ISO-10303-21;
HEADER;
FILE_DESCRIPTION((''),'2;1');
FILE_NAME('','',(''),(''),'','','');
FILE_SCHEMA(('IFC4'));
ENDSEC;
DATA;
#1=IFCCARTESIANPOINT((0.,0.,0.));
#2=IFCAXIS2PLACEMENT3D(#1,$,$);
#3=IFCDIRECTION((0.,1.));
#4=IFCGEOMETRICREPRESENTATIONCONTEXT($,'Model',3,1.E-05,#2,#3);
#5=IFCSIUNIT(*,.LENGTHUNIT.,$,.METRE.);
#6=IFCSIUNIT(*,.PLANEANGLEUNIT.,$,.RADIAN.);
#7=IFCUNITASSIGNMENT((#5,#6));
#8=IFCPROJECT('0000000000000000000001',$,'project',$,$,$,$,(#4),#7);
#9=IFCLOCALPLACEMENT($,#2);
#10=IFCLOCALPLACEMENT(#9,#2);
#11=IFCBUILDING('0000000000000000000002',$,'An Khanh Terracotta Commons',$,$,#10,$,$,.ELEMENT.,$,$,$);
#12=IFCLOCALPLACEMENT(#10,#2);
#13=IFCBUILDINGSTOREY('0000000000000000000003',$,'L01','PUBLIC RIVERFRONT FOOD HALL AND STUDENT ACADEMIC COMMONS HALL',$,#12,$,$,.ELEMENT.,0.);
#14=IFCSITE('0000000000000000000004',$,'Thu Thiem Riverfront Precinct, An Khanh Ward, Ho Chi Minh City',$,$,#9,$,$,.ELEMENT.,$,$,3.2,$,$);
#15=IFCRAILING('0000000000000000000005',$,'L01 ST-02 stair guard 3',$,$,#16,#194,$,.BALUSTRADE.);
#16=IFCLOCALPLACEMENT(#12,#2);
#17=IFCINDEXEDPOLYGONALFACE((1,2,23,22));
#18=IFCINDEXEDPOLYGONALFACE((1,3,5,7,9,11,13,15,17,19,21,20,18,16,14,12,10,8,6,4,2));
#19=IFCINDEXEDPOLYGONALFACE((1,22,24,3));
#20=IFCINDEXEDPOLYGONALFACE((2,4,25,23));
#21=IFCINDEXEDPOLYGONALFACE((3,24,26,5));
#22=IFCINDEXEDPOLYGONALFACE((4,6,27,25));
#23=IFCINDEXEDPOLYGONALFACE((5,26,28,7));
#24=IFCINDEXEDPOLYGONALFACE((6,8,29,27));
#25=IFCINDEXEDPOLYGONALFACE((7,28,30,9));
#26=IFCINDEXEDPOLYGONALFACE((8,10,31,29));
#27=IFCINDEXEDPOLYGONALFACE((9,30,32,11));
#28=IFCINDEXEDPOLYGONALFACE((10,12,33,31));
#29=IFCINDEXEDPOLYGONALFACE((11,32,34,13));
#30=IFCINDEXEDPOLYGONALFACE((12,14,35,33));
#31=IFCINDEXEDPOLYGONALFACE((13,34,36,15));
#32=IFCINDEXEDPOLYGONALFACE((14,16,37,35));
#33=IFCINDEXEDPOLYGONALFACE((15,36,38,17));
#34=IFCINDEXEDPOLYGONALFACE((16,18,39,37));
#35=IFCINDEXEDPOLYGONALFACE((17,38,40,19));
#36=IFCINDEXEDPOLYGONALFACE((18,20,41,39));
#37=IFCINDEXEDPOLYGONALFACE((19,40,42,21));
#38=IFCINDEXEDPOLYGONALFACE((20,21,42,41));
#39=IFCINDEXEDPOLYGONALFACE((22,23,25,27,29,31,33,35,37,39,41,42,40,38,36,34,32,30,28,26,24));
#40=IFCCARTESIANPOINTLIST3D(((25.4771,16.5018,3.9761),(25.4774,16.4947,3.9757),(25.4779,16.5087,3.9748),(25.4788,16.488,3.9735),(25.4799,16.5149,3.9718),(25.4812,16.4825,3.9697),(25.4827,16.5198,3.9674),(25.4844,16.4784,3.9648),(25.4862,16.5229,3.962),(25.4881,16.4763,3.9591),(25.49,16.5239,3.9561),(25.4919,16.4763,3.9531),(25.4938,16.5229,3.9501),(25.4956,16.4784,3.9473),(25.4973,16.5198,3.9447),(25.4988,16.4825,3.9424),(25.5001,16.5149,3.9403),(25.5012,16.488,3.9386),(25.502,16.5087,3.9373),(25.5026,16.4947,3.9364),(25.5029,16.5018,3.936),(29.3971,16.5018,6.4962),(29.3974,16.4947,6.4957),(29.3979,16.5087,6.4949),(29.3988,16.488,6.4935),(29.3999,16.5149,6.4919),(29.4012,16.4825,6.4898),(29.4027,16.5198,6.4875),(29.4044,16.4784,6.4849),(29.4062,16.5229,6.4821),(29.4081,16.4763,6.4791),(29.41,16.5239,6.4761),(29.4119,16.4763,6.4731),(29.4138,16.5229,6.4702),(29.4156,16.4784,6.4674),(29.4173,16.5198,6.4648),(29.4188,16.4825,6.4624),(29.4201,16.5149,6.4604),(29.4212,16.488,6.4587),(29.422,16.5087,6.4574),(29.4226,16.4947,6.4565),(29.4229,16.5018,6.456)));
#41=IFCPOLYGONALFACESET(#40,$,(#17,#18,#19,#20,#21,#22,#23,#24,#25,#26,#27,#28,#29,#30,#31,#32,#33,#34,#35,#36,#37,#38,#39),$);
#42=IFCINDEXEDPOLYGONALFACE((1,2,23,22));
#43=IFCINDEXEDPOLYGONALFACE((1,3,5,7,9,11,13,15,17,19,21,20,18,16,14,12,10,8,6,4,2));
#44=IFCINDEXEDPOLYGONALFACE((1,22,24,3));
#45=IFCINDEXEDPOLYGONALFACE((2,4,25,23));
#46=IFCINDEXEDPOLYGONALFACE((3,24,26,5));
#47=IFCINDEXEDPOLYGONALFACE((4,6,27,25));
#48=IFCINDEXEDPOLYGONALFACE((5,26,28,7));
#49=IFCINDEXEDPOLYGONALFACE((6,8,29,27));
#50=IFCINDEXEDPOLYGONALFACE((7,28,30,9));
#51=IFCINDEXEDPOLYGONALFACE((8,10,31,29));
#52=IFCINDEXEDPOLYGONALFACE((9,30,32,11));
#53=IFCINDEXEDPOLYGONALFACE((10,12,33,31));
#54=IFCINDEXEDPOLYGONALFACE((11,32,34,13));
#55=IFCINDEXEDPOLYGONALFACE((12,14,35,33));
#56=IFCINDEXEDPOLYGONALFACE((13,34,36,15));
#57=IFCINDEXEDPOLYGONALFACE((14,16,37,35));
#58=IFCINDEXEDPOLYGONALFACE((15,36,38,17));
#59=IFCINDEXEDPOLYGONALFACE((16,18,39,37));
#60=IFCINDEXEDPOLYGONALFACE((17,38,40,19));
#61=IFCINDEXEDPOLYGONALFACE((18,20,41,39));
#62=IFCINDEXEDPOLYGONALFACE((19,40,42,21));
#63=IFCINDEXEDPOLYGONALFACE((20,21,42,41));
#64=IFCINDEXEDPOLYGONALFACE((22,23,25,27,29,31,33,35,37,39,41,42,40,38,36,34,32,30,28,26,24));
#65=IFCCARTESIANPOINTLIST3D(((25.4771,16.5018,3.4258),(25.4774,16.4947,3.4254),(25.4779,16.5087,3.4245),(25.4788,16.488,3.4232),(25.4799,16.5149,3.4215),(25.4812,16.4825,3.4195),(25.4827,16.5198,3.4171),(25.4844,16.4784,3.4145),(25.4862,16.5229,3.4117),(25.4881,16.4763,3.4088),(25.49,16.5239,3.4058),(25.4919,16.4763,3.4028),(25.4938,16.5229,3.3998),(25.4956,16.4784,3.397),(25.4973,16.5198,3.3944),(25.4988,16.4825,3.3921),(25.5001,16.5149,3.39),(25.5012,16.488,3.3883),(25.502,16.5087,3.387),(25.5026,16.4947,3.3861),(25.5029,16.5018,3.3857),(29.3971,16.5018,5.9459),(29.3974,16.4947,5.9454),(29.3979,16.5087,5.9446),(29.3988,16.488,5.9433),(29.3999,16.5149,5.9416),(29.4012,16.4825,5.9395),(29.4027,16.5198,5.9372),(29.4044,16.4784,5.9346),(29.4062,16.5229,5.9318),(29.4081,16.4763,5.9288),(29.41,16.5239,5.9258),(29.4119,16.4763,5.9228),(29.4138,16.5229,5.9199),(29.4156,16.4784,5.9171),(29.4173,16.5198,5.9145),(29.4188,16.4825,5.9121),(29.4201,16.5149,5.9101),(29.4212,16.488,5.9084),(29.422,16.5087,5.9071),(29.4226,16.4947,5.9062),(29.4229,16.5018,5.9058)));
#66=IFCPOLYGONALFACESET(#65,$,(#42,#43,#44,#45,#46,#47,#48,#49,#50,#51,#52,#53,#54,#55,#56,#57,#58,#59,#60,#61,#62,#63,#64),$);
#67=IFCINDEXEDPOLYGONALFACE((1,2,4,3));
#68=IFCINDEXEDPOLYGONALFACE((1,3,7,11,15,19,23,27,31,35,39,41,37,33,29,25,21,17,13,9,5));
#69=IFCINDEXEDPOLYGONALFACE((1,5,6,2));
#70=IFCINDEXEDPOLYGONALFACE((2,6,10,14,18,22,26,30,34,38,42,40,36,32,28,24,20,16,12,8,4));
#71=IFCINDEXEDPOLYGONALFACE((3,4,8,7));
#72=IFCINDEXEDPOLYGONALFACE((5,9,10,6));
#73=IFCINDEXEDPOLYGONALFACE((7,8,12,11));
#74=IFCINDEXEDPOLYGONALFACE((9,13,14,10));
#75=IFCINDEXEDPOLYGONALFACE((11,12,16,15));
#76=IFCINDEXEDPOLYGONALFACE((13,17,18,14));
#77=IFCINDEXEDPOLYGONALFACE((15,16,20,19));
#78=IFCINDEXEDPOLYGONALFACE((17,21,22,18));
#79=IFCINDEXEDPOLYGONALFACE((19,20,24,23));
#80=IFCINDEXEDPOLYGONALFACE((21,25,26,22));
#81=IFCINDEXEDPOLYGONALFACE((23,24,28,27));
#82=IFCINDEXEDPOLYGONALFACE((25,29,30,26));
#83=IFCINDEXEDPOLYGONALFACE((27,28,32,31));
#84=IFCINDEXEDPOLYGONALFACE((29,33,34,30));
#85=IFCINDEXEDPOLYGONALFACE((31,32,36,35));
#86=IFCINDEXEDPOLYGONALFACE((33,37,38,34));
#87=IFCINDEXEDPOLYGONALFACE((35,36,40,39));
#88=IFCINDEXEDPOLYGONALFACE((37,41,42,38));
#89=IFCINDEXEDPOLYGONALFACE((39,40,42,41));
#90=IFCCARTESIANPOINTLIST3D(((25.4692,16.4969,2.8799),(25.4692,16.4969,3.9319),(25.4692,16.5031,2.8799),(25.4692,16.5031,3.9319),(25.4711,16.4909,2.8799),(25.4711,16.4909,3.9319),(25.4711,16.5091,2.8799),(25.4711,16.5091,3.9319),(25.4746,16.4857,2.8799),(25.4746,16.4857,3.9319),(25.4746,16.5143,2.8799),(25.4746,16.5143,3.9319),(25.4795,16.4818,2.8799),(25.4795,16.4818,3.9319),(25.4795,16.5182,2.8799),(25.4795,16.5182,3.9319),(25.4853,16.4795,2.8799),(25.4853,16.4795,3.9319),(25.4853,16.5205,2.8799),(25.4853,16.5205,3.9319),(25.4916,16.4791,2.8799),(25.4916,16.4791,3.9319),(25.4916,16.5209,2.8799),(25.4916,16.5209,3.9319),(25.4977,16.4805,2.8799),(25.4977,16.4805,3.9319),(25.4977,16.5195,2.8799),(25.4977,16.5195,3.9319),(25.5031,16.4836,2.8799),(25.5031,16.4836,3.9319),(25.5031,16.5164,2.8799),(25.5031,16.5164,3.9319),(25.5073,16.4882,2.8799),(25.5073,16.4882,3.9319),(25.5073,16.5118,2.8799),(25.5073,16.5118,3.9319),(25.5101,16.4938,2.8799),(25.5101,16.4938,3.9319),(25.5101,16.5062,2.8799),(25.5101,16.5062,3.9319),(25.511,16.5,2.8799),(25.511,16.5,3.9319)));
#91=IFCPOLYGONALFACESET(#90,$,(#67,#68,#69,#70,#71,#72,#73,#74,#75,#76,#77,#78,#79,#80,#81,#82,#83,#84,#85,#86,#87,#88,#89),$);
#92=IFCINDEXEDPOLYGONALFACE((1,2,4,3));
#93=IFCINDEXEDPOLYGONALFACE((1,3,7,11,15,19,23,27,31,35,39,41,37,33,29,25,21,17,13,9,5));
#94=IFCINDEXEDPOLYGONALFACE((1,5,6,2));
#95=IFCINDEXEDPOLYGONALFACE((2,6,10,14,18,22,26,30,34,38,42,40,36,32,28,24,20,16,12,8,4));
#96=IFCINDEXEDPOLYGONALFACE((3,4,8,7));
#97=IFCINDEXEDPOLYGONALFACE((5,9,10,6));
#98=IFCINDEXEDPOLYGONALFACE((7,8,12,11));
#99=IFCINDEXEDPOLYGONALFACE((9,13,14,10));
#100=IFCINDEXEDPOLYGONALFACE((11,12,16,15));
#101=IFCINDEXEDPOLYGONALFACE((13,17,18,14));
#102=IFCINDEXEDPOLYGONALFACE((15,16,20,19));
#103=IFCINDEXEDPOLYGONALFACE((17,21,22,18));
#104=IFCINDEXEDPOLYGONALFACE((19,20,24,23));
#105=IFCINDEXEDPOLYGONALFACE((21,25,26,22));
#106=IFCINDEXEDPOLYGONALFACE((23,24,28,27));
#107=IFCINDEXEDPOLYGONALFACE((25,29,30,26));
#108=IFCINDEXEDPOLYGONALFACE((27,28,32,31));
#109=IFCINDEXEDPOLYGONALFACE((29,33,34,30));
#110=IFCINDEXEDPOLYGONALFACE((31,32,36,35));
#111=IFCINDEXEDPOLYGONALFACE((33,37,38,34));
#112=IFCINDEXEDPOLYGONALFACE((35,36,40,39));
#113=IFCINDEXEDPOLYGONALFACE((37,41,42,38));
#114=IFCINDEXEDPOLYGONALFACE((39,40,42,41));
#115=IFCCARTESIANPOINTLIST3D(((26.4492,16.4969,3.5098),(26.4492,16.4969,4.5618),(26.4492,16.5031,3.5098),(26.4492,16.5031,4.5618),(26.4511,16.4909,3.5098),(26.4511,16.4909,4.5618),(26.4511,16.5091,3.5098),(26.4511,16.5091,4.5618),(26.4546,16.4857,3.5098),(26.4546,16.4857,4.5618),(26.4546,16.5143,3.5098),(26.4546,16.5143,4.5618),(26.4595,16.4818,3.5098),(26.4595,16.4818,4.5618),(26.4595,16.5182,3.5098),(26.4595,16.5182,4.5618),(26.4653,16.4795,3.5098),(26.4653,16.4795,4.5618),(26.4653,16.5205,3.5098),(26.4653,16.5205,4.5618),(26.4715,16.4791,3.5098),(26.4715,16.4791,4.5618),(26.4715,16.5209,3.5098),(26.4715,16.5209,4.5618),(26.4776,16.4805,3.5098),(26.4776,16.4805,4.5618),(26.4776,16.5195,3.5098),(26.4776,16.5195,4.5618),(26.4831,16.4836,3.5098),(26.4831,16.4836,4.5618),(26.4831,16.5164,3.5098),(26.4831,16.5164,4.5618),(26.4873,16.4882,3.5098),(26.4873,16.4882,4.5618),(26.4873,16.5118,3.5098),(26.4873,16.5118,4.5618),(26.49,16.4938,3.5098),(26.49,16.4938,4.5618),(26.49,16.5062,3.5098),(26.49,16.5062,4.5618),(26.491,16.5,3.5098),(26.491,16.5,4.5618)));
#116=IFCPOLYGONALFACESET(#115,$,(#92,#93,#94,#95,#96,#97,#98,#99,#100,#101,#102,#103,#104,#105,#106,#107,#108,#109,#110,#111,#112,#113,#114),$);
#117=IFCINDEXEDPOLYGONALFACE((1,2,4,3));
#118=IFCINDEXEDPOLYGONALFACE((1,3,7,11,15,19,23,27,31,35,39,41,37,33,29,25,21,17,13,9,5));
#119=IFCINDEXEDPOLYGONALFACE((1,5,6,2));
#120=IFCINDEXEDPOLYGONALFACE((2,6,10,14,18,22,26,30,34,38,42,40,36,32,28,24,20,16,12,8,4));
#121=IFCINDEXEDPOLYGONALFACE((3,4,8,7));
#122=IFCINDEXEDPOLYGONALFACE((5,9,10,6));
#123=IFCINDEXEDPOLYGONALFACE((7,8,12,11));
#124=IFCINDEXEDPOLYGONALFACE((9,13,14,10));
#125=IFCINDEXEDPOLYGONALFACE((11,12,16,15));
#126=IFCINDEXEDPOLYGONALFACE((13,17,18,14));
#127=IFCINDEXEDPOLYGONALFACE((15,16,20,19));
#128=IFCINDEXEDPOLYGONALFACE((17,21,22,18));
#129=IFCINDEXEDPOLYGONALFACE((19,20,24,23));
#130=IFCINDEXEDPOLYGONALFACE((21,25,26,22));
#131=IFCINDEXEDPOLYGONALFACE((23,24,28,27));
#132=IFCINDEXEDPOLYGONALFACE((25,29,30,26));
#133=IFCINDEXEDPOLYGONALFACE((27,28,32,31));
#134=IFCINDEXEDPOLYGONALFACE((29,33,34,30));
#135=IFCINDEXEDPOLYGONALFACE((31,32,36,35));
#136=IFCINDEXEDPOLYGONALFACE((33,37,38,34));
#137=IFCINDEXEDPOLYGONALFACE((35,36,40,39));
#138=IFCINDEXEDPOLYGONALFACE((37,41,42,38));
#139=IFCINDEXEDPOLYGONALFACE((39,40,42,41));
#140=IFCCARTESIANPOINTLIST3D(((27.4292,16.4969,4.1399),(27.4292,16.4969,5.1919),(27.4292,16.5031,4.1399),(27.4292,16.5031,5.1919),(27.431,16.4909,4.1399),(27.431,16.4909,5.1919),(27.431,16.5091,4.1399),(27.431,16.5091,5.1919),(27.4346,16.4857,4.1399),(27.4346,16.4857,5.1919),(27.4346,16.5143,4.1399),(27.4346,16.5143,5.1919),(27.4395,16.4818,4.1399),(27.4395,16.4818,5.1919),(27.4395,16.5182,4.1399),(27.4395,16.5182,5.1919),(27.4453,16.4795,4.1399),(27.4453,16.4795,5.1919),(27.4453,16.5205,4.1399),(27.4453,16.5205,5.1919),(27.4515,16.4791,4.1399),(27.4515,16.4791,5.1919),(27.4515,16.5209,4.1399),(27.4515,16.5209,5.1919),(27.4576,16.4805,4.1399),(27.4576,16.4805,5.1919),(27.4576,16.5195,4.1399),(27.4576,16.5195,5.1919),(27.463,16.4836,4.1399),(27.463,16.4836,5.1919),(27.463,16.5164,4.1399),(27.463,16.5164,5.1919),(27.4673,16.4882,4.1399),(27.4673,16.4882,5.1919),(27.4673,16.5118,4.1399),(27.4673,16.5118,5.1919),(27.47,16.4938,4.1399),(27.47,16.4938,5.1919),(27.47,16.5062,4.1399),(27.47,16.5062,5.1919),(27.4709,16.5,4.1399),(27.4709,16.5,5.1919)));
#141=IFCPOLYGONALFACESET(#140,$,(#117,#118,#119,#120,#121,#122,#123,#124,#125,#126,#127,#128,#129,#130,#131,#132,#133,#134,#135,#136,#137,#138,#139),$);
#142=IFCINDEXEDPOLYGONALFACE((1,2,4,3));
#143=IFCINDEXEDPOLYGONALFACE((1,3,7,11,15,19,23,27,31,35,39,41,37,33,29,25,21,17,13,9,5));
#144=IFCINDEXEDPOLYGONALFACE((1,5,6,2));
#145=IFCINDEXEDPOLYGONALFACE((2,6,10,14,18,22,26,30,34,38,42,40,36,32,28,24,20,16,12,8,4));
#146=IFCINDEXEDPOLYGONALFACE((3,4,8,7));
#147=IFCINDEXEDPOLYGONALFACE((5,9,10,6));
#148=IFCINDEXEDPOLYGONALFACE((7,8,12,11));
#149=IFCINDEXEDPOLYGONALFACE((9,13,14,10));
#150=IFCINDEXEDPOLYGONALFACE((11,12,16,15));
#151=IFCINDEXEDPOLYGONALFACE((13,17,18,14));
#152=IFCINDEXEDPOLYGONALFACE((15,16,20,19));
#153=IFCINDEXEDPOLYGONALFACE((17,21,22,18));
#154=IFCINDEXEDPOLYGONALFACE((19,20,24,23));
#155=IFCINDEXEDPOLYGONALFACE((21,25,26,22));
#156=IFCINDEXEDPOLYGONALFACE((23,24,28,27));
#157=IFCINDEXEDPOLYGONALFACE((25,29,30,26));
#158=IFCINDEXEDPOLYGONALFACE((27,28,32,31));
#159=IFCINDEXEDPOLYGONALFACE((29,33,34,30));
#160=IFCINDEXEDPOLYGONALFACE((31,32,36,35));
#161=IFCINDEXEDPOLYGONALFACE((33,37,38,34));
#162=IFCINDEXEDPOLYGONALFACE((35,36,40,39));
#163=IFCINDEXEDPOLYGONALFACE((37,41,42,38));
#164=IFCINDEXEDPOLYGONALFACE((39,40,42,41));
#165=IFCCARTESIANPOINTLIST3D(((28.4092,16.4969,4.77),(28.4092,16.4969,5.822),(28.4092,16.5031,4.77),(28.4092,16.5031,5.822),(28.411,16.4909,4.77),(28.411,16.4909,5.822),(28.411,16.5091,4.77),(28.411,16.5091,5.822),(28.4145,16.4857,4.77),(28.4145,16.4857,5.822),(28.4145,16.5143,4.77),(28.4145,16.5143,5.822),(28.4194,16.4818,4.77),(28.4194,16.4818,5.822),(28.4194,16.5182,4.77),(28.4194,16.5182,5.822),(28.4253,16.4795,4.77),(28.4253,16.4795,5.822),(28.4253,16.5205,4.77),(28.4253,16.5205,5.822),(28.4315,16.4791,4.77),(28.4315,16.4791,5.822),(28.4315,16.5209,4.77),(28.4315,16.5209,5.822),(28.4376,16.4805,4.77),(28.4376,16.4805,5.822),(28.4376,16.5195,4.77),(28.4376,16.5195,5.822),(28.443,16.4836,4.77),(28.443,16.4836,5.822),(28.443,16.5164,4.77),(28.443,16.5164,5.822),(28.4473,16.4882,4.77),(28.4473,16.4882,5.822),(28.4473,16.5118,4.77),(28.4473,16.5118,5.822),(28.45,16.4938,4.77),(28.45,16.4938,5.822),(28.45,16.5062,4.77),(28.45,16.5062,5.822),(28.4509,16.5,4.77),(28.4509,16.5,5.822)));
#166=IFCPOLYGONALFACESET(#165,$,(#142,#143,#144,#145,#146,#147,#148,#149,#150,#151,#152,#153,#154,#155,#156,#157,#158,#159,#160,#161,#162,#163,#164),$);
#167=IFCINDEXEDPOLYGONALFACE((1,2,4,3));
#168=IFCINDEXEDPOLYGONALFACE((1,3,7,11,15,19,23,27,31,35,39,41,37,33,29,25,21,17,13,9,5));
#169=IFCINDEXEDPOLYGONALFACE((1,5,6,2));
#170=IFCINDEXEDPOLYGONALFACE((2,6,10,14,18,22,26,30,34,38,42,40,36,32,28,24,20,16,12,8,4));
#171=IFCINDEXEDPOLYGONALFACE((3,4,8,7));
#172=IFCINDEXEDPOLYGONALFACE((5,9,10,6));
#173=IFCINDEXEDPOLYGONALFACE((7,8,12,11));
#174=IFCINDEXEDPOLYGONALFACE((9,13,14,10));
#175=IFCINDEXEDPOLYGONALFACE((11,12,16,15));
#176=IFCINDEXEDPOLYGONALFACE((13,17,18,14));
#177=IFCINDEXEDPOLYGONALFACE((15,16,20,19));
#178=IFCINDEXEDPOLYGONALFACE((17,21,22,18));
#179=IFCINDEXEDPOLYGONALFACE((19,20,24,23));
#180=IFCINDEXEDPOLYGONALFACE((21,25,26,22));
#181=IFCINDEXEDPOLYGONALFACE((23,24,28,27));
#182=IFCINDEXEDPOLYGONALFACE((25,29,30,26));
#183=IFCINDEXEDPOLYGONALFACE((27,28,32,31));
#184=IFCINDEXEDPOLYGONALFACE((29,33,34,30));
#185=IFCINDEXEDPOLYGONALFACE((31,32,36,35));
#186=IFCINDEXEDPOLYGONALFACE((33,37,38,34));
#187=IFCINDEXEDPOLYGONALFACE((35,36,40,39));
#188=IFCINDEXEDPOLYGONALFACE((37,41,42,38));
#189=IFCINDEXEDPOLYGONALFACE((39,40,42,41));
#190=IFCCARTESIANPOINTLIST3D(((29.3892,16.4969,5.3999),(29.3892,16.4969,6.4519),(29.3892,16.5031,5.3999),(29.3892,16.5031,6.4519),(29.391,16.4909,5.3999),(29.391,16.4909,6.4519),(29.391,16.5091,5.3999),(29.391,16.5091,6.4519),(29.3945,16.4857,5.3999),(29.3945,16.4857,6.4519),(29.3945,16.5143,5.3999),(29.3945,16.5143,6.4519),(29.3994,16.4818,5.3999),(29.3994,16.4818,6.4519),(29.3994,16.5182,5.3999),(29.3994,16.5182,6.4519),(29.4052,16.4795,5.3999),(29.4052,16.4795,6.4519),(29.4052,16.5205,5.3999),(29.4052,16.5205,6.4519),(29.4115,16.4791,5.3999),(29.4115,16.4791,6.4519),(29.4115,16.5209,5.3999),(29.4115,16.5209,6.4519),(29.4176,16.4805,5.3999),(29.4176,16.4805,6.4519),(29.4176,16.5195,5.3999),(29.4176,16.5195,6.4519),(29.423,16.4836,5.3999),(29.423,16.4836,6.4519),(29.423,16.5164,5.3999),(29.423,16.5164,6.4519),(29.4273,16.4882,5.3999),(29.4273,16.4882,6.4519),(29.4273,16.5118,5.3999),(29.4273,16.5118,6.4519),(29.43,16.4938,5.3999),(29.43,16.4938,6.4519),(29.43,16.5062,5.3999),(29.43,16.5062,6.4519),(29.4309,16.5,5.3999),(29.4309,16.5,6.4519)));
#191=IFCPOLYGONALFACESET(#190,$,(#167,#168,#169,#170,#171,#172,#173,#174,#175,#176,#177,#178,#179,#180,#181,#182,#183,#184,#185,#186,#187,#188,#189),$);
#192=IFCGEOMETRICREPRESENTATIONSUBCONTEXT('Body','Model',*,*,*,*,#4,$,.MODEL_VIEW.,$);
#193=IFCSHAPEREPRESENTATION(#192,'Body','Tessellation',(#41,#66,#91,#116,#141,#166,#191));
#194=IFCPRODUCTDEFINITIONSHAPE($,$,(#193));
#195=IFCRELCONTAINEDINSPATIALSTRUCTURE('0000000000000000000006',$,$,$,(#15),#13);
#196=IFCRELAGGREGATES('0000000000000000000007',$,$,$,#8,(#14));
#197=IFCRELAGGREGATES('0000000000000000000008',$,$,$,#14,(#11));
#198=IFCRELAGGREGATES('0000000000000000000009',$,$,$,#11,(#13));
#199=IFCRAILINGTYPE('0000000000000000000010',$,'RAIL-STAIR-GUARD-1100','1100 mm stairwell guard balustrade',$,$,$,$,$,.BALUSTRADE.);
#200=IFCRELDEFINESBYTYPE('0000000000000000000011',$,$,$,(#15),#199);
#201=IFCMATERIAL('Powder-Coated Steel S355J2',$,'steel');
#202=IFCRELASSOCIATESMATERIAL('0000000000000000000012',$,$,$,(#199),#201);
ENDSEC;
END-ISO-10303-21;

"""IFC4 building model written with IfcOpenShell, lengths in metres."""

from ifc_helpers import new_model, si_unit, direction, frame, origin, origin_2d, place, context, subcontext, project, spatial, circle, extrude, material, type_object, element, save


model = new_model("IFC4")

# Units and contexts
model_context = context("Model", 3, precision=1e-05, world=origin(), true_north=direction((0.0, 1.0)))
body_context = subcontext(model_context, "Body", "Model", "MODEL_VIEW")
ifc_project = project(units=[si_unit("LENGTHUNIT", "METRE"), si_unit("PLANEANGLEUNIT", "RADIAN")], contexts=[model_context])

# Site, building, storey
site_placement = place(None, origin())
site = spatial("IfcSite", under=ifc_project, at=site_placement, Name="Thu Thiem Riverfront Precinct, An Khanh Ward, Ho Chi Minh City", CompositionType="ELEMENT", RefElevation=3.2)
building_placement = place(site_placement, origin())
building = spatial("IfcBuilding", under=site, at=building_placement, Name="An Khanh Terracotta Commons", CompositionType="ELEMENT")
storey_placement = place(building_placement, origin())
storey = spatial("IfcBuildingStorey", under=building, at=storey_placement, Name="L01", Description="PUBLIC RIVERFRONT FOOD HALL AND STUDENT ACADEMIC COMMONS HALL", CompositionType="ELEMENT", Elevation=0.0)

# Railing
ifc_material_1 = material(Name="Powder-Coated Steel S355J2", Category="steel")
railing_type_1 = type_object("IfcRailingType", Name="RAIL-STAIR-GUARD-1100", Description="1100 mm stairwell guard balustrade", PredefinedType="BALUSTRADE", material=ifc_material_1)
railing_1_placement = place(storey_placement, frame((25.49, 16.5, 2.8799)))
element("IfcRailing", 1, at=railing_1_placement, inside=storey, type_object=railing_type_1, Name="L01 ST-02 stair guard 3", PredefinedType="BALUSTRADE", context=body_context, shape_type="SweptSolid", body=[
    extrude(circle(Radius=0.0239, at=origin_2d()), frame((0.0, 0.0, 1.0762), z_axis=(0.841172, 0.0, 0.540768), x_axis=(0.0, 1.0, 0.0)), (0.0, 0.0, 1.0), 4.6602),
    extrude(circle(Radius=0.0239, at=origin_2d()), frame((0.0, 0.0, 0.5259), z_axis=(0.841172, 0.0, 0.540768), x_axis=(0.0, 1.0, 0.0)), (0.0, 0.0, 1.0), 4.6602),
    extrude(circle(Radius=0.021, at=origin_2d()), origin(), (0.0, 0.0, 1.0), 1.052),
    extrude(circle(Radius=0.021, at=origin_2d()), frame((0.98, 0.0, 0.6299)), (0.0, 0.0, 1.0), 1.052),
    extrude(circle(Radius=0.021, at=origin_2d()), frame((1.96, 0.0, 1.26)), (0.0, 0.0, 1.0), 1.052),
    extrude(circle(Radius=0.021, at=origin_2d()), frame((2.9399, 0.0, 1.8901)), (0.0, 0.0, 1.0), 1.052),
    extrude(circle(Radius=0.021, at=origin_2d()), frame((3.9199, 0.0, 2.52)), (0.0, 0.0, 1.0), 1.052),
])

save(model, "model.ifc")
